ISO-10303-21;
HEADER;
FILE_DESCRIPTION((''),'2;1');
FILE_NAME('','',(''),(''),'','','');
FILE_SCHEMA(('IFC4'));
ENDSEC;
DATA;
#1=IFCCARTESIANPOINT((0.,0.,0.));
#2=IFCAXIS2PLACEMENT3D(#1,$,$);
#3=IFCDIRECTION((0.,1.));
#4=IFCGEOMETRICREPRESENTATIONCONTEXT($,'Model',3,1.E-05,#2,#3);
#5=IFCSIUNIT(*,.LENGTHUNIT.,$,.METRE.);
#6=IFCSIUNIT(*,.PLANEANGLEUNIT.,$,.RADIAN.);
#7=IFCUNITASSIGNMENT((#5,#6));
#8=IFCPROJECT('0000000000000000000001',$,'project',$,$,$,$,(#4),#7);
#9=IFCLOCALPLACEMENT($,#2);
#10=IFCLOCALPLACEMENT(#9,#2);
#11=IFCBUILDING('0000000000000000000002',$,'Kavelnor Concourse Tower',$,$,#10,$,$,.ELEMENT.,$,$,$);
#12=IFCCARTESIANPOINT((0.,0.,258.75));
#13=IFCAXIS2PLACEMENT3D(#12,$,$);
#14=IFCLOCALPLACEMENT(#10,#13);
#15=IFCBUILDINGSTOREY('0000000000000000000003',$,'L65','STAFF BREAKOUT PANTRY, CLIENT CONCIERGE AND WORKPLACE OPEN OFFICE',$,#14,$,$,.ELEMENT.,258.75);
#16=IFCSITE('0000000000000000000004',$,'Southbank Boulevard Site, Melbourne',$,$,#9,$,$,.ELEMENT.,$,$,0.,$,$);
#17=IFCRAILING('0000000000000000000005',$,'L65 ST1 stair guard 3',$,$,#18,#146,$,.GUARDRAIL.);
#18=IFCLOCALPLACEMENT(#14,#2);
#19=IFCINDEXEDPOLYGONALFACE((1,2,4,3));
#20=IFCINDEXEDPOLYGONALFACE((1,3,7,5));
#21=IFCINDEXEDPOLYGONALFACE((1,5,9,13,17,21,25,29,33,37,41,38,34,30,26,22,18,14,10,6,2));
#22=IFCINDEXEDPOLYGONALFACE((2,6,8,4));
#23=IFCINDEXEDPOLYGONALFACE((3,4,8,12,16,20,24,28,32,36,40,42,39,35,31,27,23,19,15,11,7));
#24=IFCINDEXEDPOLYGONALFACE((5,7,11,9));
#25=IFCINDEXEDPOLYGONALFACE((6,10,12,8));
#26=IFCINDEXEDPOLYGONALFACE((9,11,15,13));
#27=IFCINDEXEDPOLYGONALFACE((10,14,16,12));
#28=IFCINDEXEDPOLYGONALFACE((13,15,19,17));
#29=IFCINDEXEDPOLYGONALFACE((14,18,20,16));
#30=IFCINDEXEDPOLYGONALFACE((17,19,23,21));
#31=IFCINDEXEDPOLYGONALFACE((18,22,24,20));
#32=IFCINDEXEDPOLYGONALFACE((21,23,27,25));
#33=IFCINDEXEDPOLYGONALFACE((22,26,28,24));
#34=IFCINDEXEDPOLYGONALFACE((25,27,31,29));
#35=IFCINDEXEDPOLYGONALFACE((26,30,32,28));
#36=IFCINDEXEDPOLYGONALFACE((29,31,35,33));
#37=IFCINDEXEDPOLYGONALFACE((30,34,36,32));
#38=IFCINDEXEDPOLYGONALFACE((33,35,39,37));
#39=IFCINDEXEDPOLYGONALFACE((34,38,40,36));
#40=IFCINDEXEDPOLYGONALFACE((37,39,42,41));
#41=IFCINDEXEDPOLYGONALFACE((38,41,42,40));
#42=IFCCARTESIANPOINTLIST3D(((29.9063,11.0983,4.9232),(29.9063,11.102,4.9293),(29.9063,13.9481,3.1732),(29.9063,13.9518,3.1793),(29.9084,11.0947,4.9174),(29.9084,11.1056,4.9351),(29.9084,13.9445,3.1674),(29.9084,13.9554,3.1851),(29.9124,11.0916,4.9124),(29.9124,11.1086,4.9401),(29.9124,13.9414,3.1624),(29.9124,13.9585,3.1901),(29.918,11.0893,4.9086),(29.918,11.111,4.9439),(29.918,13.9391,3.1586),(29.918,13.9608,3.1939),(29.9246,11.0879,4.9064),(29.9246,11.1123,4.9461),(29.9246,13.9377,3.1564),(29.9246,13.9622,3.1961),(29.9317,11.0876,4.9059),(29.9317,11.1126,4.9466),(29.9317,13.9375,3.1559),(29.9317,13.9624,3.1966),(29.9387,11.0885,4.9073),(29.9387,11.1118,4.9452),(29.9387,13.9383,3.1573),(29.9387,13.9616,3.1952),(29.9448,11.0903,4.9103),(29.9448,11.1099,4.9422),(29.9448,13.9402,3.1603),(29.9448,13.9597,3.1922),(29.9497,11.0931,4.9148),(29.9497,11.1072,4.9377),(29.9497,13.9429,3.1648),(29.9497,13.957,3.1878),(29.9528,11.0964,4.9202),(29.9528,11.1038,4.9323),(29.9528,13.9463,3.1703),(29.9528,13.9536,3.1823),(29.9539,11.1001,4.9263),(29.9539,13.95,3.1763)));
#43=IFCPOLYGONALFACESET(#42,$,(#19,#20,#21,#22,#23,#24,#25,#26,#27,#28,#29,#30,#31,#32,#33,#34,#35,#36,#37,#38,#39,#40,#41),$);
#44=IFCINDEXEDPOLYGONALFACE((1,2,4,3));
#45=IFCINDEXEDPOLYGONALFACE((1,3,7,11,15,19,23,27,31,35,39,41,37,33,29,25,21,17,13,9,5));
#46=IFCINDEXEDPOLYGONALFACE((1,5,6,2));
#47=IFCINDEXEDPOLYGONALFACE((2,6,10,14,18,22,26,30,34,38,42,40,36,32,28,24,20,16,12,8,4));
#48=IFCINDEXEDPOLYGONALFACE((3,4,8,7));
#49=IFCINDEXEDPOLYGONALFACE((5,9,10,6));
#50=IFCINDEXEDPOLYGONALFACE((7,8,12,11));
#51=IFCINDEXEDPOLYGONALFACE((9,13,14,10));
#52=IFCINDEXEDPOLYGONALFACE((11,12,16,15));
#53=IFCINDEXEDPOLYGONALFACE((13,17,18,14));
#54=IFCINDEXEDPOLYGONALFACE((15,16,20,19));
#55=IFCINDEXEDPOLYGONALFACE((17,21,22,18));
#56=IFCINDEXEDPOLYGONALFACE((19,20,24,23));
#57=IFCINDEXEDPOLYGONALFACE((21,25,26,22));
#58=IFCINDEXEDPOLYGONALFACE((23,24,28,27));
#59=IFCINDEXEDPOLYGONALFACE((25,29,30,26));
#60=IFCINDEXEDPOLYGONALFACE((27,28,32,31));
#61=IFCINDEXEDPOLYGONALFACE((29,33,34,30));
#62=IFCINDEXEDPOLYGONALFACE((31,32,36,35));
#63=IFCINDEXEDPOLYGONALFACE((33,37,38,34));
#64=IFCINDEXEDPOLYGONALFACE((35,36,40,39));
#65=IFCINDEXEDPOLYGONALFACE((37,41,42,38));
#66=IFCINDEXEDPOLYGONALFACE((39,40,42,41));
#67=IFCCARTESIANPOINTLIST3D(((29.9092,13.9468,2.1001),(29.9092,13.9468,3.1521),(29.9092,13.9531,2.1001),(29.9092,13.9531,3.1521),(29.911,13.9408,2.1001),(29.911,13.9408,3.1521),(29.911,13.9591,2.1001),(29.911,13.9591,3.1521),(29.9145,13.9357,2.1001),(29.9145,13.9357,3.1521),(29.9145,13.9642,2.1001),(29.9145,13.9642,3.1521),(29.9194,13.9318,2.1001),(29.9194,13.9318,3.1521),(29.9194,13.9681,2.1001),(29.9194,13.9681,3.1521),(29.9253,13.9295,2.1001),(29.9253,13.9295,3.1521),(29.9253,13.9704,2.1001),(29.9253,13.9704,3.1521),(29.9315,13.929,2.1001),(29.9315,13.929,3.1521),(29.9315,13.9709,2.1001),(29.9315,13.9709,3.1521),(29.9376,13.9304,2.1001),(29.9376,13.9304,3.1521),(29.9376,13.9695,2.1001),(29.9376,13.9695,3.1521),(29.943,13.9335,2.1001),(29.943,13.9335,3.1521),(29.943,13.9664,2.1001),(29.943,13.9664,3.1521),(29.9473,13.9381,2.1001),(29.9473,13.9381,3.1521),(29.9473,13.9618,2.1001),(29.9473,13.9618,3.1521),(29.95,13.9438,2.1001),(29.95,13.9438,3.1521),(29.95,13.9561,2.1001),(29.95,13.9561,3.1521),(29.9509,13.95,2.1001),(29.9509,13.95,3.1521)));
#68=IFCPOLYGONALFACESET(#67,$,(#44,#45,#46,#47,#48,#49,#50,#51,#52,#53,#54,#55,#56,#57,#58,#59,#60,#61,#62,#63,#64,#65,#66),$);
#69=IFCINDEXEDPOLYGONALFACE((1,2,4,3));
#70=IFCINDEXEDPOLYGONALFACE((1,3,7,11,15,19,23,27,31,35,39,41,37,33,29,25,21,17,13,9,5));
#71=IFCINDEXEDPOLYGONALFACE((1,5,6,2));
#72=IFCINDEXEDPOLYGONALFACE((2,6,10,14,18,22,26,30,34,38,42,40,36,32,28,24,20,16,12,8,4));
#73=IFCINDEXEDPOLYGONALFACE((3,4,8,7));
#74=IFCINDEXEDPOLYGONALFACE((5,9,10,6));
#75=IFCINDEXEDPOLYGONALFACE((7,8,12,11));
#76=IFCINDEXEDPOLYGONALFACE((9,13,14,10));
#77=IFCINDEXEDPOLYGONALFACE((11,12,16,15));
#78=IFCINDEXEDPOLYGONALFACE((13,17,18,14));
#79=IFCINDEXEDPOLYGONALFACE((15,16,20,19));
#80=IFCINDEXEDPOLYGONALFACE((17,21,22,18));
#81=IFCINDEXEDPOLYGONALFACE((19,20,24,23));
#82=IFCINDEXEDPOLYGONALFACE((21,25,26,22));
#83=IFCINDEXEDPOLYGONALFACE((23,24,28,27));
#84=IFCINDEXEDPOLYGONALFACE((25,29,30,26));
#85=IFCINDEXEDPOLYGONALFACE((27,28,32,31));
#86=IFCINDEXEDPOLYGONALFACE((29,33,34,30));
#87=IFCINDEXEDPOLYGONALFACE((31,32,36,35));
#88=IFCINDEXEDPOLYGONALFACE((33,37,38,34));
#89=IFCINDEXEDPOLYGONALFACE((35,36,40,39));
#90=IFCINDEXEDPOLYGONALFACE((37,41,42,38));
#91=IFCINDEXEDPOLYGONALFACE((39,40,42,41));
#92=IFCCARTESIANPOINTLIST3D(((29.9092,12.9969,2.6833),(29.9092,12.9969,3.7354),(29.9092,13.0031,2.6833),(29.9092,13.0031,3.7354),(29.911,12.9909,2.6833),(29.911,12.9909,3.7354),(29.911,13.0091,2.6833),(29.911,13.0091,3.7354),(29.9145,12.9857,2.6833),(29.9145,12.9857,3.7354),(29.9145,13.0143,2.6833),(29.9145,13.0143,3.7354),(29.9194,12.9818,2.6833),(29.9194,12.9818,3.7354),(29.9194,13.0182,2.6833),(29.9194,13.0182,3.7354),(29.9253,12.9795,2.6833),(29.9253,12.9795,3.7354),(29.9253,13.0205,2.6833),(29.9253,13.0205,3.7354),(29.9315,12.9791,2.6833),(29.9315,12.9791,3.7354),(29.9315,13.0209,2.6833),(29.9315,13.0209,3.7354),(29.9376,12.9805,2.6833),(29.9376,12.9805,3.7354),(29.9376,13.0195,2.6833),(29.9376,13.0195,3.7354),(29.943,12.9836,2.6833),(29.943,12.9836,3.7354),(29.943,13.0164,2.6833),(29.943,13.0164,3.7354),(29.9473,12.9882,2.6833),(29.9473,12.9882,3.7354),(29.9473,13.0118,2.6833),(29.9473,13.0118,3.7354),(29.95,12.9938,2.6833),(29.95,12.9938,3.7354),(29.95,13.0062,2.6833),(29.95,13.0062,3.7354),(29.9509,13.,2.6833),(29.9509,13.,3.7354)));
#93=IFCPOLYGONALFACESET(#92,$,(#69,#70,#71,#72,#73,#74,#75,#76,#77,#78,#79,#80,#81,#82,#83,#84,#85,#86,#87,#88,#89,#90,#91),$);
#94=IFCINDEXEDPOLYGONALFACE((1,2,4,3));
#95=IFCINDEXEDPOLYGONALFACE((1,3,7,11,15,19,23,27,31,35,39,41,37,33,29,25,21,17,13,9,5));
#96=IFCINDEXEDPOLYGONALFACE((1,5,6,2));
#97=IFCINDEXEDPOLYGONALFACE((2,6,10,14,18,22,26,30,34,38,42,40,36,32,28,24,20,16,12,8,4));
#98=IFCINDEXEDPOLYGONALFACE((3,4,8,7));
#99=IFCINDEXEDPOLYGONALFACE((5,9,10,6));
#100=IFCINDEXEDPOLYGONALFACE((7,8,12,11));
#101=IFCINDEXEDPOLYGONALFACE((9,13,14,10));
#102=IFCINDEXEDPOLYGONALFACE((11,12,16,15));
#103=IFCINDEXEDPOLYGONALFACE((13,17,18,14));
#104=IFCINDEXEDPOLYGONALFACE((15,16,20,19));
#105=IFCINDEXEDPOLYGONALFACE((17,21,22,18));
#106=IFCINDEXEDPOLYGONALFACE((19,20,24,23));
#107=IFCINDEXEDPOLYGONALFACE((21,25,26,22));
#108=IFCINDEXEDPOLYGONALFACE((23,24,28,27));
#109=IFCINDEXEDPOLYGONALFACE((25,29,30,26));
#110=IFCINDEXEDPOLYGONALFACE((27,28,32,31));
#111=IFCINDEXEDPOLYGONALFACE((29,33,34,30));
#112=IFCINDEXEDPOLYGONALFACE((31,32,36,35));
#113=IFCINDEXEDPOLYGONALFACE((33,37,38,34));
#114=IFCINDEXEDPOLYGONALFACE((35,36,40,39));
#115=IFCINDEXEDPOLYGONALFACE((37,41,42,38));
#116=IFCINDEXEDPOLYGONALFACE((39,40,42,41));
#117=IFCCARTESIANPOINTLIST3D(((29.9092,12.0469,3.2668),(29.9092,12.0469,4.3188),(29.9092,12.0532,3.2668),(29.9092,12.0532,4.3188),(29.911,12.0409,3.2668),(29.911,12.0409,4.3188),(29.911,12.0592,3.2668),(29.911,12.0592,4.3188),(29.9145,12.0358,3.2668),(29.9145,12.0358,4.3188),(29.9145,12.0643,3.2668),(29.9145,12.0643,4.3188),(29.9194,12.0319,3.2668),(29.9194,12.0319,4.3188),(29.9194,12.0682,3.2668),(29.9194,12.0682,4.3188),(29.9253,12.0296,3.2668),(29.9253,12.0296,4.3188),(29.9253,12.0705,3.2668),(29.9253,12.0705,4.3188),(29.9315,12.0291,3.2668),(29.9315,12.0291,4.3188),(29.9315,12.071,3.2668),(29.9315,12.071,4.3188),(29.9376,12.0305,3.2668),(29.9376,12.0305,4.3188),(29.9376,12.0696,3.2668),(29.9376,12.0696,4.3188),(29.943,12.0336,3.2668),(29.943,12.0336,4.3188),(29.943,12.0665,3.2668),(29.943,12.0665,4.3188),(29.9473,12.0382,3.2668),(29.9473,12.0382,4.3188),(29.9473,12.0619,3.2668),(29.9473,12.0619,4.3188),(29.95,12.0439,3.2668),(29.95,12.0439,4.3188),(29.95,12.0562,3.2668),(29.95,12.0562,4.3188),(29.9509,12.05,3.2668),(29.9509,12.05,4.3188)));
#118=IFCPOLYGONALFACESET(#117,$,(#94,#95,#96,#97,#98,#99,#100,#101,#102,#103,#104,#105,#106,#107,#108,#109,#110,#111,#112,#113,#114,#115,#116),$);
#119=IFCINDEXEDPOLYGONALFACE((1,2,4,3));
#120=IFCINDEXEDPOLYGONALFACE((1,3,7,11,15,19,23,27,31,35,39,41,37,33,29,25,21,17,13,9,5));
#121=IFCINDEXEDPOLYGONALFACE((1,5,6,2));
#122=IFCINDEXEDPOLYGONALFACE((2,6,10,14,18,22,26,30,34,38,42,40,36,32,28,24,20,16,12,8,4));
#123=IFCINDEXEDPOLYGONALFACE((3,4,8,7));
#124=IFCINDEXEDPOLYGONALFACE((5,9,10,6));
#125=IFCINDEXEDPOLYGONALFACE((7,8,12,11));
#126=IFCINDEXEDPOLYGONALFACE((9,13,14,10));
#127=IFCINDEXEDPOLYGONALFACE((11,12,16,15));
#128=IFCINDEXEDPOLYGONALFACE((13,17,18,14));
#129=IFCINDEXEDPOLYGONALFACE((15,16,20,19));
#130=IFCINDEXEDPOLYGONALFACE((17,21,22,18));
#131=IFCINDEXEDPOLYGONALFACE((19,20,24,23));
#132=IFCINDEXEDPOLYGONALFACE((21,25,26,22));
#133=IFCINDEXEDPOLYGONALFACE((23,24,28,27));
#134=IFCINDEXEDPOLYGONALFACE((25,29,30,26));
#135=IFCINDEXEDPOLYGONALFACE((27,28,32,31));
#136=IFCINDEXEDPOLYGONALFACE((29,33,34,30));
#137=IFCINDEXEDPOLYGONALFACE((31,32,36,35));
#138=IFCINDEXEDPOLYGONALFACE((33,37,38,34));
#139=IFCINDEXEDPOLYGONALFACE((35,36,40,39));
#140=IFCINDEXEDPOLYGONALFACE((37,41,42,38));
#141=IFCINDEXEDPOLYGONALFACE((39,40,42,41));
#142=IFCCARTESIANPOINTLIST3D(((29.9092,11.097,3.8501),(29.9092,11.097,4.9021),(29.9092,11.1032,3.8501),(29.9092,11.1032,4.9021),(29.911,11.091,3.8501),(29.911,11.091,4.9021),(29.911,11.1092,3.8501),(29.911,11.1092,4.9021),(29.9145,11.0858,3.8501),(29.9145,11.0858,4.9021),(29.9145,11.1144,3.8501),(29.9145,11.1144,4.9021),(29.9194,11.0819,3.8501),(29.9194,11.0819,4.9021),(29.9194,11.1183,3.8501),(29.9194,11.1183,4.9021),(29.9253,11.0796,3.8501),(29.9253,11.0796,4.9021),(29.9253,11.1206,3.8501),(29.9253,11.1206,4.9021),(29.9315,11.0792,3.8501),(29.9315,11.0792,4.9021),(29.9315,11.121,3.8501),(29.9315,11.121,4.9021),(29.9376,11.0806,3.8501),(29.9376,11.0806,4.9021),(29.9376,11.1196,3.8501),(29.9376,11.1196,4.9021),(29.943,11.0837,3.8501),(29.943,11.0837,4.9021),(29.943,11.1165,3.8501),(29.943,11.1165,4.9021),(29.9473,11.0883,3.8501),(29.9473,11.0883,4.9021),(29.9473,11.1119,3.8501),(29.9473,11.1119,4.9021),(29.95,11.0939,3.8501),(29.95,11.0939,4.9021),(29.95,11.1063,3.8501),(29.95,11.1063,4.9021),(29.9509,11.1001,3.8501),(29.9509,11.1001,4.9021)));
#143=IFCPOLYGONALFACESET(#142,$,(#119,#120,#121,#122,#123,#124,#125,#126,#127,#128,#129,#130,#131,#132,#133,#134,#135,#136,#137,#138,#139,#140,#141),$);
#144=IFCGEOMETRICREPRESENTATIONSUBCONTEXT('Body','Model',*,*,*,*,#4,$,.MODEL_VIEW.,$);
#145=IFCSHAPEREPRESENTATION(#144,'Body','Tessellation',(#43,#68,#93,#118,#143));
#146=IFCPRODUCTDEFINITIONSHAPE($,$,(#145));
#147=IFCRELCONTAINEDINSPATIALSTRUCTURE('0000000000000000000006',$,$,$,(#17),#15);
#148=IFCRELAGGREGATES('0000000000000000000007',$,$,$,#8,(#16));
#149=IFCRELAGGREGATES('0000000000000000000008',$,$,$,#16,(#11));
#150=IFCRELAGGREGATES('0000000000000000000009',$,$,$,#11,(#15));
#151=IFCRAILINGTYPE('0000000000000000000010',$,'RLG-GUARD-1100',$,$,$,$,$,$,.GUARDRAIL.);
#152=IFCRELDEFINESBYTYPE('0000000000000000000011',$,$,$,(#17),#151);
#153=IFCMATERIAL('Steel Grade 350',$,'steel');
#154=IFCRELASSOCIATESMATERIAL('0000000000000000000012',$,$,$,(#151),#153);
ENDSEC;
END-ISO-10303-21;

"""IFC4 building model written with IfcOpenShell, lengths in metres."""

from ifc_helpers import new_model, si_unit, direction, frame, origin, origin_2d, place, context, subcontext, project, spatial, circle, extrude, material, type_object, element, save


model = new_model("IFC4")

# Units and contexts
model_context = context("Model", 3, precision=1e-05, world=origin(), true_north=direction((0.0, 1.0)))
body_context = subcontext(model_context, "Body", "Model", "MODEL_VIEW")
ifc_project = project(units=[si_unit("LENGTHUNIT", "METRE"), si_unit("PLANEANGLEUNIT", "RADIAN")], contexts=[model_context])

# Site, building, storey
site_placement = place(None, origin())
site = spatial("IfcSite", under=ifc_project, at=site_placement, Name="Southbank Boulevard Site, Melbourne", CompositionType="ELEMENT", RefElevation=0.0)
building_placement = place(site_placement, origin())
building = spatial("IfcBuilding", under=site, at=building_placement, Name="Kavelnor Concourse Tower", CompositionType="ELEMENT")
storey_placement = place(building_placement, frame((0.0, 0.0, 258.75)))
storey = spatial("IfcBuildingStorey", under=building, at=storey_placement, Name="L65", Description="STAFF BREAKOUT PANTRY, CLIENT CONCIERGE AND WORKPLACE OPEN OFFICE", CompositionType="ELEMENT", Elevation=258.75)

# Shared definitions
ifc_material_1 = material(Name="Steel Grade 350", Category="steel")

# Railing
railing_type_1 = type_object("IfcRailingType", Name="RLG-GUARD-1100", PredefinedType="GUARDRAIL", material=ifc_material_1)
railing_1_placement = place(storey_placement, frame((29.9299, 13.95, 2.1001)))
element("IfcRailing", 1, at=railing_1_placement, inside=storey, type_object=railing_type_1, Name="L65 ST1 stair guard 3", PredefinedType="GUARDRAIL", context=body_context, shape_type="SweptSolid", body=[
    extrude(circle(Radius=0.0239, at=origin_2d()), frame((0.0, 0.0, 1.0762), z_axis=(0.0, -0.852159, 0.523283), x_axis=(1.0, 0.0, 0.0)), (0.0, 0.0, 1.0), 3.3442),
    extrude(circle(Radius=0.021, at=origin_2d()), origin(), (0.0, 0.0, 1.0), 1.052),
    extrude(circle(Radius=0.021, at=origin_2d()), frame((0.0, -0.95, 0.5833)), (0.0, 0.0, 1.0), 1.052),
    extrude(circle(Radius=0.021, at=origin_2d()), frame((0.0, -1.8999, 1.1667)), (0.0, 0.0, 1.0), 1.052),
    extrude(circle(Radius=0.021, at=origin_2d()), frame((0.0, -2.8499, 1.75)), (0.0, 0.0, 1.0), 1.052),
])

save(model, "model.ifc")
